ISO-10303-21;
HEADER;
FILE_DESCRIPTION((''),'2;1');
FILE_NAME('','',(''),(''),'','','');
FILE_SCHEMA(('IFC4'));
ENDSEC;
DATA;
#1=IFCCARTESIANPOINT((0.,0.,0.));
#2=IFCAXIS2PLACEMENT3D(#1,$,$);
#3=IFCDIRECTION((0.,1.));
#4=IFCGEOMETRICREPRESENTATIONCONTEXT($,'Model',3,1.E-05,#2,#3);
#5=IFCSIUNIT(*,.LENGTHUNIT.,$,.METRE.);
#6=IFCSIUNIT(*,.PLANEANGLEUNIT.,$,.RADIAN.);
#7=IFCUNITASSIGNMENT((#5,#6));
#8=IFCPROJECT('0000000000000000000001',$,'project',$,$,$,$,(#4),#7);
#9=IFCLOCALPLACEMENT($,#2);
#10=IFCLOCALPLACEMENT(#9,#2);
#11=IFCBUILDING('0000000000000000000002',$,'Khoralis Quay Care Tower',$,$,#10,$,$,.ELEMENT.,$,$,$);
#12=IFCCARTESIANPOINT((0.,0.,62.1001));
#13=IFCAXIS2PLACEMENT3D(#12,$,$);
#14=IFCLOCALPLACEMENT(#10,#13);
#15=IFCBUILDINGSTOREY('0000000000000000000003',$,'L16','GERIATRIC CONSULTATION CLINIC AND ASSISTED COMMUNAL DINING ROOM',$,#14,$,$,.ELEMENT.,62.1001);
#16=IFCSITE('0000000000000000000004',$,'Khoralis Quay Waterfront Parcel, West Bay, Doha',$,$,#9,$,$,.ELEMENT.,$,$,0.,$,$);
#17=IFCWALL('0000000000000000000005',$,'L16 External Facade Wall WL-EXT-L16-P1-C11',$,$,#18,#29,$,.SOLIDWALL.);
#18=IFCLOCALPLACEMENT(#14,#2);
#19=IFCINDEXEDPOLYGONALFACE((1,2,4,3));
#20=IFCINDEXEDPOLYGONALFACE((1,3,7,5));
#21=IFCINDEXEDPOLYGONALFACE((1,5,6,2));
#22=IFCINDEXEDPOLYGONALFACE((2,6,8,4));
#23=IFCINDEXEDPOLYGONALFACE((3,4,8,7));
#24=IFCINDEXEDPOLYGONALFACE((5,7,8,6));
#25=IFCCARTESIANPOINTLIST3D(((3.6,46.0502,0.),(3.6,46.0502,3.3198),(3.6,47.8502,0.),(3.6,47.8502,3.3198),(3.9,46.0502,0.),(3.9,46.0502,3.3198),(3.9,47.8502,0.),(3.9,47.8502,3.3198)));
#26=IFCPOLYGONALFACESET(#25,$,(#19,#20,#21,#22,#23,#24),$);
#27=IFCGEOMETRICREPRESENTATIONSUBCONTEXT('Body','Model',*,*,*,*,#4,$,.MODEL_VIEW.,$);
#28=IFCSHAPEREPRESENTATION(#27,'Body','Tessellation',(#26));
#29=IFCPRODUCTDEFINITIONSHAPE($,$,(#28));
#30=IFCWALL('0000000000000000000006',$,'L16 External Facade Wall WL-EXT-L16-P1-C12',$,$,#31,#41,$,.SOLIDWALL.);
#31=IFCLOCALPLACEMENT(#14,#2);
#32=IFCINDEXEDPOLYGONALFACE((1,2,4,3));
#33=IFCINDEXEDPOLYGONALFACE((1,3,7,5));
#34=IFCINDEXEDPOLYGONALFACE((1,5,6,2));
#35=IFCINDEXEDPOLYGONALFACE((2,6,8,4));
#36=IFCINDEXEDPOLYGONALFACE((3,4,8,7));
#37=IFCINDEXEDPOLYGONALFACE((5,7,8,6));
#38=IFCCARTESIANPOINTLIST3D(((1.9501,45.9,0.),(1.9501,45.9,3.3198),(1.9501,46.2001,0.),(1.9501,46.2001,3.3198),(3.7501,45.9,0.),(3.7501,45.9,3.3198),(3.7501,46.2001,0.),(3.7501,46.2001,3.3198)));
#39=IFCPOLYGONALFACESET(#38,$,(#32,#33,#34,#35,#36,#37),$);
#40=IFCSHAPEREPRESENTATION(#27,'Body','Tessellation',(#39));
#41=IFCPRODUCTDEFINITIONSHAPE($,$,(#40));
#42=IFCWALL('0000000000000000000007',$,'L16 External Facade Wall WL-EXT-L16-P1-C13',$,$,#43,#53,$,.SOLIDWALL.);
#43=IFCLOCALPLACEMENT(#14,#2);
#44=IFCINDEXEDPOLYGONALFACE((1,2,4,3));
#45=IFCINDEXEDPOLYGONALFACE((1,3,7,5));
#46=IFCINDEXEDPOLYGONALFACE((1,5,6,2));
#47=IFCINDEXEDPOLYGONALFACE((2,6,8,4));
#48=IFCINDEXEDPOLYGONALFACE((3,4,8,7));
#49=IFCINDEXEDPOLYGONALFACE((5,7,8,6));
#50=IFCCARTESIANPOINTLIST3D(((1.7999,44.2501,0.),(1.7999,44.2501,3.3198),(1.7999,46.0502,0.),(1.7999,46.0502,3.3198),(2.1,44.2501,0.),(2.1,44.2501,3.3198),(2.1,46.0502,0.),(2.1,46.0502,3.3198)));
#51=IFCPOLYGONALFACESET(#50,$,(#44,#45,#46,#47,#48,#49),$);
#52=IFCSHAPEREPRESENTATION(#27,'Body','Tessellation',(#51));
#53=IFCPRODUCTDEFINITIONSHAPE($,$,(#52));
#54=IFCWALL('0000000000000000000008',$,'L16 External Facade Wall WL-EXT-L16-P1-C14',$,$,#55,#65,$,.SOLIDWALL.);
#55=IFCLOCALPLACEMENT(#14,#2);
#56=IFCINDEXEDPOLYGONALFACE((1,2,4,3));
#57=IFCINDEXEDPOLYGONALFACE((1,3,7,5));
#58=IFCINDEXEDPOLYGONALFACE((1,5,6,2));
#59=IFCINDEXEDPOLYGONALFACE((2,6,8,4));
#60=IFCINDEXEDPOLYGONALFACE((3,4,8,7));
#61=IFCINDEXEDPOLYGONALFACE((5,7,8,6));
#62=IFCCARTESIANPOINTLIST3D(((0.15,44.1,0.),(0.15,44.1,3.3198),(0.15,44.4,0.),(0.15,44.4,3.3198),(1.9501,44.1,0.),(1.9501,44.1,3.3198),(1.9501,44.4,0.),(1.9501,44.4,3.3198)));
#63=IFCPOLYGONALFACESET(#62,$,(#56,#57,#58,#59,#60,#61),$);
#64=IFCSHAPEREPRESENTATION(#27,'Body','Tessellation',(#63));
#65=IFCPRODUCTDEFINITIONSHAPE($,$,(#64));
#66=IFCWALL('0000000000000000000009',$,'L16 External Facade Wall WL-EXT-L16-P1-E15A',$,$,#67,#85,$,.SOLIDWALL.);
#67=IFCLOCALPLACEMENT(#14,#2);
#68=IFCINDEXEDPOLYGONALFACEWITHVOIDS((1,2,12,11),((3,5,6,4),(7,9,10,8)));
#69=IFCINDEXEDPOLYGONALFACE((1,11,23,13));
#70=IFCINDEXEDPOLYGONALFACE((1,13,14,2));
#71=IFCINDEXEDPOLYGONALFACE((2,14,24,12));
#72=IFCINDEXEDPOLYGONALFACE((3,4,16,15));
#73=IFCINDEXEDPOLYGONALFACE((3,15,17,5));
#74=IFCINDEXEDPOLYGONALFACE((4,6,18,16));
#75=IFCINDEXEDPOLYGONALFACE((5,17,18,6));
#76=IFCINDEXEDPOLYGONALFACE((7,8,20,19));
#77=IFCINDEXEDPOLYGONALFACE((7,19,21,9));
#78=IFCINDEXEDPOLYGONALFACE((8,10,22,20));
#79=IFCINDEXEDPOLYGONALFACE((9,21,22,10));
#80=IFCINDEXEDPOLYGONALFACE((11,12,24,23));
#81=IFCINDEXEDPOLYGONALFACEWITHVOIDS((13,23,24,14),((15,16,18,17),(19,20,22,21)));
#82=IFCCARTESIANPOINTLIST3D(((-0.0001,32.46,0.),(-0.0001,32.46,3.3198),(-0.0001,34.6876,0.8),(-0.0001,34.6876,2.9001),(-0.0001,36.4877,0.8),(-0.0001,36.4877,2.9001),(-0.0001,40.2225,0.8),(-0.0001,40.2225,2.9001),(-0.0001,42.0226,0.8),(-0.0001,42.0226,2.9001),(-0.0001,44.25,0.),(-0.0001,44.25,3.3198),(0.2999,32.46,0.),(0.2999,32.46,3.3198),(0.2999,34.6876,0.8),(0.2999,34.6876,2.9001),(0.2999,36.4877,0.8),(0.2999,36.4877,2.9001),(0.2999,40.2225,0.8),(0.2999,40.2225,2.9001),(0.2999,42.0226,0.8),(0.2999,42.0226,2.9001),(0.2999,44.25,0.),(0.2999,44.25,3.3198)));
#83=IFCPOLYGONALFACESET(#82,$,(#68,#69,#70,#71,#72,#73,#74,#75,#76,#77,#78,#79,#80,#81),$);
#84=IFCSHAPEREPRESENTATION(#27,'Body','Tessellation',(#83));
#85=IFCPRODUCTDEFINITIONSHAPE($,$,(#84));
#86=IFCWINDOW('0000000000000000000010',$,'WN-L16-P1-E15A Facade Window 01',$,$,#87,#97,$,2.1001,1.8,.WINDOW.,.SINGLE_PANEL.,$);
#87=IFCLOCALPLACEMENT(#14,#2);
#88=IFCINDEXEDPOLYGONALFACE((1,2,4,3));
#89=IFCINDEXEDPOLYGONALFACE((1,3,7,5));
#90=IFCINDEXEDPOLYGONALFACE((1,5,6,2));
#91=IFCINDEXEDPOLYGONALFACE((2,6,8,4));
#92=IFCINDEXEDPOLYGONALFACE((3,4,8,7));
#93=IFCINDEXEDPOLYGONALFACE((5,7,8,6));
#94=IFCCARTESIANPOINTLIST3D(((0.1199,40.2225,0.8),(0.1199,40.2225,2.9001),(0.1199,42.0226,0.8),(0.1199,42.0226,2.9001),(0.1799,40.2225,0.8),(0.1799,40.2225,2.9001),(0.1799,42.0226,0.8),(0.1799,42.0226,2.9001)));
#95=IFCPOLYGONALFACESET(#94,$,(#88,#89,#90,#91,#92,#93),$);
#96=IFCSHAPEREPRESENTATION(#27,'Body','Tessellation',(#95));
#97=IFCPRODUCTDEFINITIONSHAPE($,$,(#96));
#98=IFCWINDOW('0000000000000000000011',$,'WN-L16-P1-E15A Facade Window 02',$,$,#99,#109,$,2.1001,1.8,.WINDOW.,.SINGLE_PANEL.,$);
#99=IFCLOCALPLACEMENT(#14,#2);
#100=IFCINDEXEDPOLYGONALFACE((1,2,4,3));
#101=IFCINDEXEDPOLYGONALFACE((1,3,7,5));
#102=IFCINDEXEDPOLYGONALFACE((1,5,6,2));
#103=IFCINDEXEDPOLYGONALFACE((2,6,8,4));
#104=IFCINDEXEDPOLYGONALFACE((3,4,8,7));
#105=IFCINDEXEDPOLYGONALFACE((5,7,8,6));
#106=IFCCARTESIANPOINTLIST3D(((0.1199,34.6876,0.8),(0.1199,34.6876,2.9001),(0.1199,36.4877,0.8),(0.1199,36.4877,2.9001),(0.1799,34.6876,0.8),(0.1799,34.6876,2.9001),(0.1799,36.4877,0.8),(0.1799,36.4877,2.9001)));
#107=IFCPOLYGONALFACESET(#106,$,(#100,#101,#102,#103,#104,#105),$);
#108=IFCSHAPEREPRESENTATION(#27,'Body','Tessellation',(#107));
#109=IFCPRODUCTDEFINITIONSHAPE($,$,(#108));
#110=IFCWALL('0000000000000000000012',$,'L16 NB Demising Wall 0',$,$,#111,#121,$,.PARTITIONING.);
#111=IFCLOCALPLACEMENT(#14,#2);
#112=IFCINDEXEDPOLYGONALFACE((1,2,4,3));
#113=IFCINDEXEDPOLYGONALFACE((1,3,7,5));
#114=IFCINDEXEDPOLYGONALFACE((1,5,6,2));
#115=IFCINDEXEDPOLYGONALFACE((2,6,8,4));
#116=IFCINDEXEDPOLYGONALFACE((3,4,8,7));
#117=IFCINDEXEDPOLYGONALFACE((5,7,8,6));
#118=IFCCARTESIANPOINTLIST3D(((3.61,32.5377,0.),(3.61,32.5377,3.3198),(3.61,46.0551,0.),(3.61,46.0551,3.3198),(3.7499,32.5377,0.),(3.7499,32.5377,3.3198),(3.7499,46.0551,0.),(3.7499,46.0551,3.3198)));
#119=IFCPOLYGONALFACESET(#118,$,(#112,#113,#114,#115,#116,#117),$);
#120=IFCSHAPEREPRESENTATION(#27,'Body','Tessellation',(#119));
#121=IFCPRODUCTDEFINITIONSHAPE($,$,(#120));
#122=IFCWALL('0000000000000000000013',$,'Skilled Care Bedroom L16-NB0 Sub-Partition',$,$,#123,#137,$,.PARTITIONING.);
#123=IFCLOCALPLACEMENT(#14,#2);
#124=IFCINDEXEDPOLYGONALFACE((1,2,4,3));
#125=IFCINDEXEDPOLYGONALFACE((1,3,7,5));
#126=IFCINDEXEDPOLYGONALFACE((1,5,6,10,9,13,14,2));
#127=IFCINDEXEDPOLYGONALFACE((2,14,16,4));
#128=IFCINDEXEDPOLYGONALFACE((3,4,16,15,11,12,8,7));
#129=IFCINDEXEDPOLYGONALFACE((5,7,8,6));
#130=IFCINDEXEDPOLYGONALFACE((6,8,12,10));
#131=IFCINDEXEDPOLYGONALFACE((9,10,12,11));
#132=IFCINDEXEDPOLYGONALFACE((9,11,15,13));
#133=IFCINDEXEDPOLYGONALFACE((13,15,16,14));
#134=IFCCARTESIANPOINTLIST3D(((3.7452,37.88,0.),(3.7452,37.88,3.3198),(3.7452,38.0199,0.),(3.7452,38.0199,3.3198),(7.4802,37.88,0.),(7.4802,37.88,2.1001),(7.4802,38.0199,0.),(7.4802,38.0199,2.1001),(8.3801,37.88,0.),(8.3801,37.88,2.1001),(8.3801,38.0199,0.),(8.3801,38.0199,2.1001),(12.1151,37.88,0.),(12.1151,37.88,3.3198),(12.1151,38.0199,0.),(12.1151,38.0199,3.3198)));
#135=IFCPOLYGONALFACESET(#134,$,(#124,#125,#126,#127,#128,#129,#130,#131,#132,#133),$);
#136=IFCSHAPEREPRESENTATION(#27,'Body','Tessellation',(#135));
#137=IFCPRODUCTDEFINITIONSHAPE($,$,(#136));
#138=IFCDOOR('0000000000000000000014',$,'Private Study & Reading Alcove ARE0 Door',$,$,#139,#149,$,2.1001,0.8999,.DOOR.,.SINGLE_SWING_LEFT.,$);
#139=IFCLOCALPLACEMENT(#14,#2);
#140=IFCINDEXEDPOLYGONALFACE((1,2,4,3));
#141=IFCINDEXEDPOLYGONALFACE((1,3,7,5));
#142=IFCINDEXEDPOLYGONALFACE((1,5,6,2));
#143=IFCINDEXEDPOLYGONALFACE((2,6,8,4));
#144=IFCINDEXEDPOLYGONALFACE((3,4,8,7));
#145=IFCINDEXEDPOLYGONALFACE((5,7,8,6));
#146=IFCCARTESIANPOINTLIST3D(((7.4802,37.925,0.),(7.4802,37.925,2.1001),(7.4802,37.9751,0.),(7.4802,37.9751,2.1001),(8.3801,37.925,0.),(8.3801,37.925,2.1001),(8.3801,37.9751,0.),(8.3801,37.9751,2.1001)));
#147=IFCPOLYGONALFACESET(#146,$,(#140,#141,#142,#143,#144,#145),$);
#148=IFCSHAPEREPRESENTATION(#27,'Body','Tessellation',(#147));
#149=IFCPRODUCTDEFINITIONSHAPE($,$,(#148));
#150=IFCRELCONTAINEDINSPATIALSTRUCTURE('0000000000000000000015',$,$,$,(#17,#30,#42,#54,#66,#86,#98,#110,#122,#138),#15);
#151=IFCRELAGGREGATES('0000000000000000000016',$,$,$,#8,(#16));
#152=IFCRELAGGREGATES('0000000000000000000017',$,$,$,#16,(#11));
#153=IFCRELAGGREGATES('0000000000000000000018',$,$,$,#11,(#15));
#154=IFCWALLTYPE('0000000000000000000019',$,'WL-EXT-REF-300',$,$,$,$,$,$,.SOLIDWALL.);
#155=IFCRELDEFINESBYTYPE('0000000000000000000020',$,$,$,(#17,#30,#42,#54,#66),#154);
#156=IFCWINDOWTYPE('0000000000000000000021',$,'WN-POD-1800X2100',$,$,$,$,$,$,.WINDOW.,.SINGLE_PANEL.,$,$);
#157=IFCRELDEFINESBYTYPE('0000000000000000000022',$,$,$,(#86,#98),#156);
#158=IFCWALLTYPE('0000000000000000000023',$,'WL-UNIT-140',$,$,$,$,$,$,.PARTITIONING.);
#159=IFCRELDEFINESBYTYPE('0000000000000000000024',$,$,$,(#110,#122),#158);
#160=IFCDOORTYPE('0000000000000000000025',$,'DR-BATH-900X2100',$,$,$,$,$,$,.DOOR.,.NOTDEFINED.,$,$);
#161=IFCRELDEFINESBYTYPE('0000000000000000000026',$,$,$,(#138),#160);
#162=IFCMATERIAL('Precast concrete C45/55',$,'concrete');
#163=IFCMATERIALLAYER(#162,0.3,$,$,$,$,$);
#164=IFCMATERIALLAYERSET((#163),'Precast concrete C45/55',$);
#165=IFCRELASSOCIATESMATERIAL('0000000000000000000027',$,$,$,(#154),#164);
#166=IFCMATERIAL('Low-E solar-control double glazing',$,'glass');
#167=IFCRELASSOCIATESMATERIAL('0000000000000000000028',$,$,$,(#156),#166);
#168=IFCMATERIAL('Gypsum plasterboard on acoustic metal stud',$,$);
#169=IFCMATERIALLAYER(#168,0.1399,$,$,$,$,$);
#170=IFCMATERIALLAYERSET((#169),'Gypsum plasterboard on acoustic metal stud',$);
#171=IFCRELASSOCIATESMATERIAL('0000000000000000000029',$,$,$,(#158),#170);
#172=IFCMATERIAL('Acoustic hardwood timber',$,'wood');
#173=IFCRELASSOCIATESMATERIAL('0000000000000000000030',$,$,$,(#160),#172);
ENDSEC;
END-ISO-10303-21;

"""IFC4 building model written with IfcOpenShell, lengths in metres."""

from ifc_helpers import new_model, si_unit, direction, frame, frame_2d, origin, place, context, subcontext, project, spatial, rectangle, extrude, source, transform, mapped, material, layer, layer_set, type_object, element, fill, save


model = new_model("IFC4")

# Units and contexts
model_context = context("Model", 3, precision=1e-05, world=origin(), true_north=direction((0.0, 1.0)))
body_context = subcontext(model_context, "Body", "Model", "MODEL_VIEW")
ifc_project = project(units=[si_unit("LENGTHUNIT", "METRE"), si_unit("PLANEANGLEUNIT", "RADIAN")], contexts=[model_context])

# Site, building, storey
site_placement = place(None, origin())
site = spatial("IfcSite", under=ifc_project, at=site_placement, Name="Khoralis Quay Waterfront Parcel, West Bay, Doha", CompositionType="ELEMENT", RefElevation=0.0)
building_placement = place(site_placement, origin())
building = spatial("IfcBuilding", under=site, at=building_placement, Name="Khoralis Quay Care Tower", CompositionType="ELEMENT")
storey_placement = place(building_placement, frame((0.0, 0.0, 62.1001)))
storey = spatial("IfcBuildingStorey", under=building, at=storey_placement, Name="L16", Description="GERIATRIC CONSULTATION CLINIC AND ASSISTED COMMUNAL DINING ROOM", CompositionType="ELEMENT", Elevation=62.1001)

# Shared definitions
ifc_material_1 = material(Name="Gypsum plasterboard on acoustic metal stud")
ifc_material_2 = material(Name="Acoustic hardwood timber", Category="wood")

# Walls
ifc_material_3 = material(Name="Precast concrete C45/55", Category="concrete")
ifc_layer_1 = layer(ifc_material_3, 0.3)
ifc_layer_set_1 = layer_set([ifc_layer_1], Name="Precast concrete C45/55")
wall_type_1 = type_object("IfcWallType", Name="WL-EXT-REF-300", PredefinedType="SOLIDWALL", material=ifc_layer_set_1)
for number, where, z_axis, x_axis, name in (
    (1, (3.75, 47.8501, 0.0), (0.0, 0.0, 1.0), (0.0, -1.0, 0.0), "L16 External Facade Wall WL-EXT-L16-P1-C11"),
    (2, (3.75, 46.05, 0.0), (0.0, 0.0, 1.0), (-1.0, 0.0, 0.0), "L16 External Facade Wall WL-EXT-L16-P1-C12"),
    (3, (1.95, 46.05, 0.0), (0.0, 0.0, 1.0), (0.0, -1.0, 0.0), "L16 External Facade Wall WL-EXT-L16-P1-C13"),
    (4, (1.95, 44.25, 0.0), (0.0, 0.0, 1.0), (-1.0, 0.0, 0.0), "L16 External Facade Wall WL-EXT-L16-P1-C14"),
):
    element("IfcWall", number, at=place(storey_placement, frame(where, z_axis=z_axis, x_axis=x_axis)), inside=storey, type_object=wall_type_1, Name=name, PredefinedType="SOLIDWALL", context=body_context, shape_type="SweptSolid", body=[
        extrude(rectangle(XDim=1.8, YDim=0.3, at=frame_2d((0.8999, 0.0))), origin(), (0.0, 0.0, 1.0), 3.3198),
    ])

# Wall, openings, windows
wall_1_placement = place(storey_placement, frame((0.1499, 44.25, 0.0), z_axis=(0.0, 0.0, 1.0), x_axis=(0.0, -1.0, 0.0)))
wall_1 = element("IfcWall", 5, at=wall_1_placement, inside=storey, type_object=wall_type_1, Name="L16 External Facade Wall WL-EXT-L16-P1-E15A", PredefinedType="SOLIDWALL", context=body_context, shape_type="SweptSolid", body=[
    extrude(rectangle(XDim=11.79, YDim=0.3, at=frame_2d((5.895, 0.0))), origin(), (0.0, 0.0, 1.0), 3.3198),
])
opening_1_placement = place(wall_1_placement, frame((2.2275, 0.0, 0.8)))
opening_1 = element("IfcOpeningElement", 6, at=opening_1_placement, cuts=wall_1, PredefinedType="OPENING", context=body_context, shape_type="SweptSolid", body=[
    extrude(rectangle(XDim=1.8, YDim=2.1001, at=frame_2d((0.8999, 1.05))), frame((0.0, 0.1602, 0.0), z_axis=(0.0, -1.0, 0.0), x_axis=(1.0, 0.0, 0.0)), (0.0, 0.0, 1.0), 0.3201),
])
opening_2_placement = place(wall_1_placement, frame((7.7625, 0.0, 0.8)))
opening_2 = element("IfcOpeningElement", 7, at=opening_2_placement, cuts=wall_1, PredefinedType="OPENING", context=body_context, shape_type="SweptSolid", body=[
    extrude(rectangle(XDim=1.8, YDim=2.1001, at=frame_2d((0.8999, 1.05))), frame((0.0, 0.1602, 0.0), z_axis=(0.0, -1.0, 0.0), x_axis=(1.0, 0.0, 0.0)), (0.0, 0.0, 1.0), 0.3201),
])
ifc_material_4 = material(Name="Low-E solar-control double glazing", Category="glass")
window_type = type_object("IfcWindowType", Name="WN-POD-1800X2100", PartitioningType="SINGLE_PANEL", PredefinedType="WINDOW", material=ifc_material_4)
shared_shape_1 = source(origin(), body_context, "Body", "SweptSolid", [
    extrude(rectangle(XDim=1.8, YDim=2.1001, at=frame_2d((0.8999, 1.05))), frame((0.0, 0.03, 0.0), z_axis=(0.0, -1.0, 0.0), x_axis=(1.0, 0.0, 0.0)), (0.0, 0.0, 1.0), 0.0601),
])
window_1_placement = place(opening_1_placement, origin())
window_1 = element("IfcWindow", 8, at=window_1_placement, inside=storey, type_object=window_type, Name="WN-L16-P1-E15A Facade Window 01", OverallHeight=2.1001, OverallWidth=1.8, PartitioningType="SINGLE_PANEL", PredefinedType="WINDOW", context=body_context, shape_type="MappedRepresentation", body=[
    mapped(shared_shape_1, transform((0.0, 0.0, 0.0), scale=1.0)),
])
fill(opening_1, window_1)
window_2_placement = place(opening_2_placement, origin())
window_2 = element("IfcWindow", 9, at=window_2_placement, inside=storey, type_object=window_type, Name="WN-L16-P1-E15A Facade Window 02", OverallHeight=2.1001, OverallWidth=1.8, PartitioningType="SINGLE_PANEL", PredefinedType="WINDOW", context=body_context, shape_type="MappedRepresentation", body=[
    mapped(shared_shape_1, transform((0.0, 0.0, 0.0), scale=1.0)),
])
fill(opening_2, window_2)

# Wall
ifc_layer_2 = layer(ifc_material_1, 0.1399)
ifc_layer_set_2 = layer_set([ifc_layer_2], Name="Gypsum plasterboard on acoustic metal stud")
wall_type_2 = type_object("IfcWallType", Name="WL-UNIT-140", PredefinedType="PARTITIONING", material=ifc_layer_set_2)
wall_2_placement = place(storey_placement, frame((3.6799, 32.5376, 0.0), z_axis=(0.0, 0.0, 1.0), x_axis=(0.0, 1.0, 0.0)))
element("IfcWall", 10, at=wall_2_placement, inside=storey, type_object=wall_type_2, Name="L16 NB Demising Wall 0", PredefinedType="PARTITIONING", context=body_context, shape_type="SweptSolid", body=[
    extrude(rectangle(XDim=13.5173, YDim=0.1399, at=frame_2d((6.7588, 0.0))), origin(), (0.0, 0.0, 1.0), 3.3198),
])

# Wall, opening, door
wall_3_placement = place(storey_placement, frame((3.7451, 37.95, 0.0), z_axis=(0.0, 0.0, 1.0), x_axis=(1.0, 0.0, 0.0)))
wall_3 = element("IfcWall", 11, at=wall_3_placement, inside=storey, type_object=wall_type_2, Name="Skilled Care Bedroom L16-NB0 Sub-Partition", PredefinedType="PARTITIONING", context=body_context, shape_type="SweptSolid", body=[
    extrude(rectangle(XDim=8.3699, YDim=0.1399, at=frame_2d((4.1851, 0.0))), origin(), (0.0, 0.0, 1.0), 3.3198),
])
opening_3_placement = place(wall_3_placement, frame((3.7351, 0.0, 0.0)))
opening_3 = element("IfcOpeningElement", 12, at=opening_3_placement, cuts=wall_3, PredefinedType="OPENING", context=body_context, shape_type="SweptSolid", body=[
    extrude(rectangle(XDim=0.8999, YDim=2.1001, at=frame_2d((0.45, 1.05))), frame((0.0, 0.0801, 0.0), z_axis=(0.0, -1.0, 0.0), x_axis=(1.0, 0.0, 0.0)), (0.0, 0.0, 1.0), 0.1599),
])
door_type_1 = type_object("IfcDoorType", Name="DR-BATH-900X2100", OperationType="NOTDEFINED", PredefinedType="DOOR", material=ifc_material_2)
shared_shape_2 = source(origin(), body_context, "Body", "SweptSolid", [
    extrude(rectangle(XDim=0.8999, YDim=2.1001, at=frame_2d((0.45, 1.05))), frame((0.0, 0.0249, 0.0), z_axis=(0.0, -1.0, 0.0), x_axis=(1.0, 0.0, 0.0)), (0.0, 0.0, 1.0), 0.05),
])
door_1_placement = place(opening_3_placement, frame((0.8999, 0.0, 0.0), z_axis=(0.0, 0.0, 1.0), x_axis=(-1.0, 0.0, 0.0)))
door_1 = element("IfcDoor", 13, at=door_1_placement, inside=storey, type_object=door_type_1, Name="Private Study & Reading Alcove ARE0 Door", OperationType="SINGLE_SWING_LEFT", OverallHeight=2.1001, OverallWidth=0.8999, PredefinedType="DOOR", context=body_context, shape_type="MappedRepresentation", body=[
    mapped(shared_shape_2, transform((0.0, 0.0, 0.0), scale=1.0)),
])
fill(opening_3, door_1)

save(model, "model.ifc")
